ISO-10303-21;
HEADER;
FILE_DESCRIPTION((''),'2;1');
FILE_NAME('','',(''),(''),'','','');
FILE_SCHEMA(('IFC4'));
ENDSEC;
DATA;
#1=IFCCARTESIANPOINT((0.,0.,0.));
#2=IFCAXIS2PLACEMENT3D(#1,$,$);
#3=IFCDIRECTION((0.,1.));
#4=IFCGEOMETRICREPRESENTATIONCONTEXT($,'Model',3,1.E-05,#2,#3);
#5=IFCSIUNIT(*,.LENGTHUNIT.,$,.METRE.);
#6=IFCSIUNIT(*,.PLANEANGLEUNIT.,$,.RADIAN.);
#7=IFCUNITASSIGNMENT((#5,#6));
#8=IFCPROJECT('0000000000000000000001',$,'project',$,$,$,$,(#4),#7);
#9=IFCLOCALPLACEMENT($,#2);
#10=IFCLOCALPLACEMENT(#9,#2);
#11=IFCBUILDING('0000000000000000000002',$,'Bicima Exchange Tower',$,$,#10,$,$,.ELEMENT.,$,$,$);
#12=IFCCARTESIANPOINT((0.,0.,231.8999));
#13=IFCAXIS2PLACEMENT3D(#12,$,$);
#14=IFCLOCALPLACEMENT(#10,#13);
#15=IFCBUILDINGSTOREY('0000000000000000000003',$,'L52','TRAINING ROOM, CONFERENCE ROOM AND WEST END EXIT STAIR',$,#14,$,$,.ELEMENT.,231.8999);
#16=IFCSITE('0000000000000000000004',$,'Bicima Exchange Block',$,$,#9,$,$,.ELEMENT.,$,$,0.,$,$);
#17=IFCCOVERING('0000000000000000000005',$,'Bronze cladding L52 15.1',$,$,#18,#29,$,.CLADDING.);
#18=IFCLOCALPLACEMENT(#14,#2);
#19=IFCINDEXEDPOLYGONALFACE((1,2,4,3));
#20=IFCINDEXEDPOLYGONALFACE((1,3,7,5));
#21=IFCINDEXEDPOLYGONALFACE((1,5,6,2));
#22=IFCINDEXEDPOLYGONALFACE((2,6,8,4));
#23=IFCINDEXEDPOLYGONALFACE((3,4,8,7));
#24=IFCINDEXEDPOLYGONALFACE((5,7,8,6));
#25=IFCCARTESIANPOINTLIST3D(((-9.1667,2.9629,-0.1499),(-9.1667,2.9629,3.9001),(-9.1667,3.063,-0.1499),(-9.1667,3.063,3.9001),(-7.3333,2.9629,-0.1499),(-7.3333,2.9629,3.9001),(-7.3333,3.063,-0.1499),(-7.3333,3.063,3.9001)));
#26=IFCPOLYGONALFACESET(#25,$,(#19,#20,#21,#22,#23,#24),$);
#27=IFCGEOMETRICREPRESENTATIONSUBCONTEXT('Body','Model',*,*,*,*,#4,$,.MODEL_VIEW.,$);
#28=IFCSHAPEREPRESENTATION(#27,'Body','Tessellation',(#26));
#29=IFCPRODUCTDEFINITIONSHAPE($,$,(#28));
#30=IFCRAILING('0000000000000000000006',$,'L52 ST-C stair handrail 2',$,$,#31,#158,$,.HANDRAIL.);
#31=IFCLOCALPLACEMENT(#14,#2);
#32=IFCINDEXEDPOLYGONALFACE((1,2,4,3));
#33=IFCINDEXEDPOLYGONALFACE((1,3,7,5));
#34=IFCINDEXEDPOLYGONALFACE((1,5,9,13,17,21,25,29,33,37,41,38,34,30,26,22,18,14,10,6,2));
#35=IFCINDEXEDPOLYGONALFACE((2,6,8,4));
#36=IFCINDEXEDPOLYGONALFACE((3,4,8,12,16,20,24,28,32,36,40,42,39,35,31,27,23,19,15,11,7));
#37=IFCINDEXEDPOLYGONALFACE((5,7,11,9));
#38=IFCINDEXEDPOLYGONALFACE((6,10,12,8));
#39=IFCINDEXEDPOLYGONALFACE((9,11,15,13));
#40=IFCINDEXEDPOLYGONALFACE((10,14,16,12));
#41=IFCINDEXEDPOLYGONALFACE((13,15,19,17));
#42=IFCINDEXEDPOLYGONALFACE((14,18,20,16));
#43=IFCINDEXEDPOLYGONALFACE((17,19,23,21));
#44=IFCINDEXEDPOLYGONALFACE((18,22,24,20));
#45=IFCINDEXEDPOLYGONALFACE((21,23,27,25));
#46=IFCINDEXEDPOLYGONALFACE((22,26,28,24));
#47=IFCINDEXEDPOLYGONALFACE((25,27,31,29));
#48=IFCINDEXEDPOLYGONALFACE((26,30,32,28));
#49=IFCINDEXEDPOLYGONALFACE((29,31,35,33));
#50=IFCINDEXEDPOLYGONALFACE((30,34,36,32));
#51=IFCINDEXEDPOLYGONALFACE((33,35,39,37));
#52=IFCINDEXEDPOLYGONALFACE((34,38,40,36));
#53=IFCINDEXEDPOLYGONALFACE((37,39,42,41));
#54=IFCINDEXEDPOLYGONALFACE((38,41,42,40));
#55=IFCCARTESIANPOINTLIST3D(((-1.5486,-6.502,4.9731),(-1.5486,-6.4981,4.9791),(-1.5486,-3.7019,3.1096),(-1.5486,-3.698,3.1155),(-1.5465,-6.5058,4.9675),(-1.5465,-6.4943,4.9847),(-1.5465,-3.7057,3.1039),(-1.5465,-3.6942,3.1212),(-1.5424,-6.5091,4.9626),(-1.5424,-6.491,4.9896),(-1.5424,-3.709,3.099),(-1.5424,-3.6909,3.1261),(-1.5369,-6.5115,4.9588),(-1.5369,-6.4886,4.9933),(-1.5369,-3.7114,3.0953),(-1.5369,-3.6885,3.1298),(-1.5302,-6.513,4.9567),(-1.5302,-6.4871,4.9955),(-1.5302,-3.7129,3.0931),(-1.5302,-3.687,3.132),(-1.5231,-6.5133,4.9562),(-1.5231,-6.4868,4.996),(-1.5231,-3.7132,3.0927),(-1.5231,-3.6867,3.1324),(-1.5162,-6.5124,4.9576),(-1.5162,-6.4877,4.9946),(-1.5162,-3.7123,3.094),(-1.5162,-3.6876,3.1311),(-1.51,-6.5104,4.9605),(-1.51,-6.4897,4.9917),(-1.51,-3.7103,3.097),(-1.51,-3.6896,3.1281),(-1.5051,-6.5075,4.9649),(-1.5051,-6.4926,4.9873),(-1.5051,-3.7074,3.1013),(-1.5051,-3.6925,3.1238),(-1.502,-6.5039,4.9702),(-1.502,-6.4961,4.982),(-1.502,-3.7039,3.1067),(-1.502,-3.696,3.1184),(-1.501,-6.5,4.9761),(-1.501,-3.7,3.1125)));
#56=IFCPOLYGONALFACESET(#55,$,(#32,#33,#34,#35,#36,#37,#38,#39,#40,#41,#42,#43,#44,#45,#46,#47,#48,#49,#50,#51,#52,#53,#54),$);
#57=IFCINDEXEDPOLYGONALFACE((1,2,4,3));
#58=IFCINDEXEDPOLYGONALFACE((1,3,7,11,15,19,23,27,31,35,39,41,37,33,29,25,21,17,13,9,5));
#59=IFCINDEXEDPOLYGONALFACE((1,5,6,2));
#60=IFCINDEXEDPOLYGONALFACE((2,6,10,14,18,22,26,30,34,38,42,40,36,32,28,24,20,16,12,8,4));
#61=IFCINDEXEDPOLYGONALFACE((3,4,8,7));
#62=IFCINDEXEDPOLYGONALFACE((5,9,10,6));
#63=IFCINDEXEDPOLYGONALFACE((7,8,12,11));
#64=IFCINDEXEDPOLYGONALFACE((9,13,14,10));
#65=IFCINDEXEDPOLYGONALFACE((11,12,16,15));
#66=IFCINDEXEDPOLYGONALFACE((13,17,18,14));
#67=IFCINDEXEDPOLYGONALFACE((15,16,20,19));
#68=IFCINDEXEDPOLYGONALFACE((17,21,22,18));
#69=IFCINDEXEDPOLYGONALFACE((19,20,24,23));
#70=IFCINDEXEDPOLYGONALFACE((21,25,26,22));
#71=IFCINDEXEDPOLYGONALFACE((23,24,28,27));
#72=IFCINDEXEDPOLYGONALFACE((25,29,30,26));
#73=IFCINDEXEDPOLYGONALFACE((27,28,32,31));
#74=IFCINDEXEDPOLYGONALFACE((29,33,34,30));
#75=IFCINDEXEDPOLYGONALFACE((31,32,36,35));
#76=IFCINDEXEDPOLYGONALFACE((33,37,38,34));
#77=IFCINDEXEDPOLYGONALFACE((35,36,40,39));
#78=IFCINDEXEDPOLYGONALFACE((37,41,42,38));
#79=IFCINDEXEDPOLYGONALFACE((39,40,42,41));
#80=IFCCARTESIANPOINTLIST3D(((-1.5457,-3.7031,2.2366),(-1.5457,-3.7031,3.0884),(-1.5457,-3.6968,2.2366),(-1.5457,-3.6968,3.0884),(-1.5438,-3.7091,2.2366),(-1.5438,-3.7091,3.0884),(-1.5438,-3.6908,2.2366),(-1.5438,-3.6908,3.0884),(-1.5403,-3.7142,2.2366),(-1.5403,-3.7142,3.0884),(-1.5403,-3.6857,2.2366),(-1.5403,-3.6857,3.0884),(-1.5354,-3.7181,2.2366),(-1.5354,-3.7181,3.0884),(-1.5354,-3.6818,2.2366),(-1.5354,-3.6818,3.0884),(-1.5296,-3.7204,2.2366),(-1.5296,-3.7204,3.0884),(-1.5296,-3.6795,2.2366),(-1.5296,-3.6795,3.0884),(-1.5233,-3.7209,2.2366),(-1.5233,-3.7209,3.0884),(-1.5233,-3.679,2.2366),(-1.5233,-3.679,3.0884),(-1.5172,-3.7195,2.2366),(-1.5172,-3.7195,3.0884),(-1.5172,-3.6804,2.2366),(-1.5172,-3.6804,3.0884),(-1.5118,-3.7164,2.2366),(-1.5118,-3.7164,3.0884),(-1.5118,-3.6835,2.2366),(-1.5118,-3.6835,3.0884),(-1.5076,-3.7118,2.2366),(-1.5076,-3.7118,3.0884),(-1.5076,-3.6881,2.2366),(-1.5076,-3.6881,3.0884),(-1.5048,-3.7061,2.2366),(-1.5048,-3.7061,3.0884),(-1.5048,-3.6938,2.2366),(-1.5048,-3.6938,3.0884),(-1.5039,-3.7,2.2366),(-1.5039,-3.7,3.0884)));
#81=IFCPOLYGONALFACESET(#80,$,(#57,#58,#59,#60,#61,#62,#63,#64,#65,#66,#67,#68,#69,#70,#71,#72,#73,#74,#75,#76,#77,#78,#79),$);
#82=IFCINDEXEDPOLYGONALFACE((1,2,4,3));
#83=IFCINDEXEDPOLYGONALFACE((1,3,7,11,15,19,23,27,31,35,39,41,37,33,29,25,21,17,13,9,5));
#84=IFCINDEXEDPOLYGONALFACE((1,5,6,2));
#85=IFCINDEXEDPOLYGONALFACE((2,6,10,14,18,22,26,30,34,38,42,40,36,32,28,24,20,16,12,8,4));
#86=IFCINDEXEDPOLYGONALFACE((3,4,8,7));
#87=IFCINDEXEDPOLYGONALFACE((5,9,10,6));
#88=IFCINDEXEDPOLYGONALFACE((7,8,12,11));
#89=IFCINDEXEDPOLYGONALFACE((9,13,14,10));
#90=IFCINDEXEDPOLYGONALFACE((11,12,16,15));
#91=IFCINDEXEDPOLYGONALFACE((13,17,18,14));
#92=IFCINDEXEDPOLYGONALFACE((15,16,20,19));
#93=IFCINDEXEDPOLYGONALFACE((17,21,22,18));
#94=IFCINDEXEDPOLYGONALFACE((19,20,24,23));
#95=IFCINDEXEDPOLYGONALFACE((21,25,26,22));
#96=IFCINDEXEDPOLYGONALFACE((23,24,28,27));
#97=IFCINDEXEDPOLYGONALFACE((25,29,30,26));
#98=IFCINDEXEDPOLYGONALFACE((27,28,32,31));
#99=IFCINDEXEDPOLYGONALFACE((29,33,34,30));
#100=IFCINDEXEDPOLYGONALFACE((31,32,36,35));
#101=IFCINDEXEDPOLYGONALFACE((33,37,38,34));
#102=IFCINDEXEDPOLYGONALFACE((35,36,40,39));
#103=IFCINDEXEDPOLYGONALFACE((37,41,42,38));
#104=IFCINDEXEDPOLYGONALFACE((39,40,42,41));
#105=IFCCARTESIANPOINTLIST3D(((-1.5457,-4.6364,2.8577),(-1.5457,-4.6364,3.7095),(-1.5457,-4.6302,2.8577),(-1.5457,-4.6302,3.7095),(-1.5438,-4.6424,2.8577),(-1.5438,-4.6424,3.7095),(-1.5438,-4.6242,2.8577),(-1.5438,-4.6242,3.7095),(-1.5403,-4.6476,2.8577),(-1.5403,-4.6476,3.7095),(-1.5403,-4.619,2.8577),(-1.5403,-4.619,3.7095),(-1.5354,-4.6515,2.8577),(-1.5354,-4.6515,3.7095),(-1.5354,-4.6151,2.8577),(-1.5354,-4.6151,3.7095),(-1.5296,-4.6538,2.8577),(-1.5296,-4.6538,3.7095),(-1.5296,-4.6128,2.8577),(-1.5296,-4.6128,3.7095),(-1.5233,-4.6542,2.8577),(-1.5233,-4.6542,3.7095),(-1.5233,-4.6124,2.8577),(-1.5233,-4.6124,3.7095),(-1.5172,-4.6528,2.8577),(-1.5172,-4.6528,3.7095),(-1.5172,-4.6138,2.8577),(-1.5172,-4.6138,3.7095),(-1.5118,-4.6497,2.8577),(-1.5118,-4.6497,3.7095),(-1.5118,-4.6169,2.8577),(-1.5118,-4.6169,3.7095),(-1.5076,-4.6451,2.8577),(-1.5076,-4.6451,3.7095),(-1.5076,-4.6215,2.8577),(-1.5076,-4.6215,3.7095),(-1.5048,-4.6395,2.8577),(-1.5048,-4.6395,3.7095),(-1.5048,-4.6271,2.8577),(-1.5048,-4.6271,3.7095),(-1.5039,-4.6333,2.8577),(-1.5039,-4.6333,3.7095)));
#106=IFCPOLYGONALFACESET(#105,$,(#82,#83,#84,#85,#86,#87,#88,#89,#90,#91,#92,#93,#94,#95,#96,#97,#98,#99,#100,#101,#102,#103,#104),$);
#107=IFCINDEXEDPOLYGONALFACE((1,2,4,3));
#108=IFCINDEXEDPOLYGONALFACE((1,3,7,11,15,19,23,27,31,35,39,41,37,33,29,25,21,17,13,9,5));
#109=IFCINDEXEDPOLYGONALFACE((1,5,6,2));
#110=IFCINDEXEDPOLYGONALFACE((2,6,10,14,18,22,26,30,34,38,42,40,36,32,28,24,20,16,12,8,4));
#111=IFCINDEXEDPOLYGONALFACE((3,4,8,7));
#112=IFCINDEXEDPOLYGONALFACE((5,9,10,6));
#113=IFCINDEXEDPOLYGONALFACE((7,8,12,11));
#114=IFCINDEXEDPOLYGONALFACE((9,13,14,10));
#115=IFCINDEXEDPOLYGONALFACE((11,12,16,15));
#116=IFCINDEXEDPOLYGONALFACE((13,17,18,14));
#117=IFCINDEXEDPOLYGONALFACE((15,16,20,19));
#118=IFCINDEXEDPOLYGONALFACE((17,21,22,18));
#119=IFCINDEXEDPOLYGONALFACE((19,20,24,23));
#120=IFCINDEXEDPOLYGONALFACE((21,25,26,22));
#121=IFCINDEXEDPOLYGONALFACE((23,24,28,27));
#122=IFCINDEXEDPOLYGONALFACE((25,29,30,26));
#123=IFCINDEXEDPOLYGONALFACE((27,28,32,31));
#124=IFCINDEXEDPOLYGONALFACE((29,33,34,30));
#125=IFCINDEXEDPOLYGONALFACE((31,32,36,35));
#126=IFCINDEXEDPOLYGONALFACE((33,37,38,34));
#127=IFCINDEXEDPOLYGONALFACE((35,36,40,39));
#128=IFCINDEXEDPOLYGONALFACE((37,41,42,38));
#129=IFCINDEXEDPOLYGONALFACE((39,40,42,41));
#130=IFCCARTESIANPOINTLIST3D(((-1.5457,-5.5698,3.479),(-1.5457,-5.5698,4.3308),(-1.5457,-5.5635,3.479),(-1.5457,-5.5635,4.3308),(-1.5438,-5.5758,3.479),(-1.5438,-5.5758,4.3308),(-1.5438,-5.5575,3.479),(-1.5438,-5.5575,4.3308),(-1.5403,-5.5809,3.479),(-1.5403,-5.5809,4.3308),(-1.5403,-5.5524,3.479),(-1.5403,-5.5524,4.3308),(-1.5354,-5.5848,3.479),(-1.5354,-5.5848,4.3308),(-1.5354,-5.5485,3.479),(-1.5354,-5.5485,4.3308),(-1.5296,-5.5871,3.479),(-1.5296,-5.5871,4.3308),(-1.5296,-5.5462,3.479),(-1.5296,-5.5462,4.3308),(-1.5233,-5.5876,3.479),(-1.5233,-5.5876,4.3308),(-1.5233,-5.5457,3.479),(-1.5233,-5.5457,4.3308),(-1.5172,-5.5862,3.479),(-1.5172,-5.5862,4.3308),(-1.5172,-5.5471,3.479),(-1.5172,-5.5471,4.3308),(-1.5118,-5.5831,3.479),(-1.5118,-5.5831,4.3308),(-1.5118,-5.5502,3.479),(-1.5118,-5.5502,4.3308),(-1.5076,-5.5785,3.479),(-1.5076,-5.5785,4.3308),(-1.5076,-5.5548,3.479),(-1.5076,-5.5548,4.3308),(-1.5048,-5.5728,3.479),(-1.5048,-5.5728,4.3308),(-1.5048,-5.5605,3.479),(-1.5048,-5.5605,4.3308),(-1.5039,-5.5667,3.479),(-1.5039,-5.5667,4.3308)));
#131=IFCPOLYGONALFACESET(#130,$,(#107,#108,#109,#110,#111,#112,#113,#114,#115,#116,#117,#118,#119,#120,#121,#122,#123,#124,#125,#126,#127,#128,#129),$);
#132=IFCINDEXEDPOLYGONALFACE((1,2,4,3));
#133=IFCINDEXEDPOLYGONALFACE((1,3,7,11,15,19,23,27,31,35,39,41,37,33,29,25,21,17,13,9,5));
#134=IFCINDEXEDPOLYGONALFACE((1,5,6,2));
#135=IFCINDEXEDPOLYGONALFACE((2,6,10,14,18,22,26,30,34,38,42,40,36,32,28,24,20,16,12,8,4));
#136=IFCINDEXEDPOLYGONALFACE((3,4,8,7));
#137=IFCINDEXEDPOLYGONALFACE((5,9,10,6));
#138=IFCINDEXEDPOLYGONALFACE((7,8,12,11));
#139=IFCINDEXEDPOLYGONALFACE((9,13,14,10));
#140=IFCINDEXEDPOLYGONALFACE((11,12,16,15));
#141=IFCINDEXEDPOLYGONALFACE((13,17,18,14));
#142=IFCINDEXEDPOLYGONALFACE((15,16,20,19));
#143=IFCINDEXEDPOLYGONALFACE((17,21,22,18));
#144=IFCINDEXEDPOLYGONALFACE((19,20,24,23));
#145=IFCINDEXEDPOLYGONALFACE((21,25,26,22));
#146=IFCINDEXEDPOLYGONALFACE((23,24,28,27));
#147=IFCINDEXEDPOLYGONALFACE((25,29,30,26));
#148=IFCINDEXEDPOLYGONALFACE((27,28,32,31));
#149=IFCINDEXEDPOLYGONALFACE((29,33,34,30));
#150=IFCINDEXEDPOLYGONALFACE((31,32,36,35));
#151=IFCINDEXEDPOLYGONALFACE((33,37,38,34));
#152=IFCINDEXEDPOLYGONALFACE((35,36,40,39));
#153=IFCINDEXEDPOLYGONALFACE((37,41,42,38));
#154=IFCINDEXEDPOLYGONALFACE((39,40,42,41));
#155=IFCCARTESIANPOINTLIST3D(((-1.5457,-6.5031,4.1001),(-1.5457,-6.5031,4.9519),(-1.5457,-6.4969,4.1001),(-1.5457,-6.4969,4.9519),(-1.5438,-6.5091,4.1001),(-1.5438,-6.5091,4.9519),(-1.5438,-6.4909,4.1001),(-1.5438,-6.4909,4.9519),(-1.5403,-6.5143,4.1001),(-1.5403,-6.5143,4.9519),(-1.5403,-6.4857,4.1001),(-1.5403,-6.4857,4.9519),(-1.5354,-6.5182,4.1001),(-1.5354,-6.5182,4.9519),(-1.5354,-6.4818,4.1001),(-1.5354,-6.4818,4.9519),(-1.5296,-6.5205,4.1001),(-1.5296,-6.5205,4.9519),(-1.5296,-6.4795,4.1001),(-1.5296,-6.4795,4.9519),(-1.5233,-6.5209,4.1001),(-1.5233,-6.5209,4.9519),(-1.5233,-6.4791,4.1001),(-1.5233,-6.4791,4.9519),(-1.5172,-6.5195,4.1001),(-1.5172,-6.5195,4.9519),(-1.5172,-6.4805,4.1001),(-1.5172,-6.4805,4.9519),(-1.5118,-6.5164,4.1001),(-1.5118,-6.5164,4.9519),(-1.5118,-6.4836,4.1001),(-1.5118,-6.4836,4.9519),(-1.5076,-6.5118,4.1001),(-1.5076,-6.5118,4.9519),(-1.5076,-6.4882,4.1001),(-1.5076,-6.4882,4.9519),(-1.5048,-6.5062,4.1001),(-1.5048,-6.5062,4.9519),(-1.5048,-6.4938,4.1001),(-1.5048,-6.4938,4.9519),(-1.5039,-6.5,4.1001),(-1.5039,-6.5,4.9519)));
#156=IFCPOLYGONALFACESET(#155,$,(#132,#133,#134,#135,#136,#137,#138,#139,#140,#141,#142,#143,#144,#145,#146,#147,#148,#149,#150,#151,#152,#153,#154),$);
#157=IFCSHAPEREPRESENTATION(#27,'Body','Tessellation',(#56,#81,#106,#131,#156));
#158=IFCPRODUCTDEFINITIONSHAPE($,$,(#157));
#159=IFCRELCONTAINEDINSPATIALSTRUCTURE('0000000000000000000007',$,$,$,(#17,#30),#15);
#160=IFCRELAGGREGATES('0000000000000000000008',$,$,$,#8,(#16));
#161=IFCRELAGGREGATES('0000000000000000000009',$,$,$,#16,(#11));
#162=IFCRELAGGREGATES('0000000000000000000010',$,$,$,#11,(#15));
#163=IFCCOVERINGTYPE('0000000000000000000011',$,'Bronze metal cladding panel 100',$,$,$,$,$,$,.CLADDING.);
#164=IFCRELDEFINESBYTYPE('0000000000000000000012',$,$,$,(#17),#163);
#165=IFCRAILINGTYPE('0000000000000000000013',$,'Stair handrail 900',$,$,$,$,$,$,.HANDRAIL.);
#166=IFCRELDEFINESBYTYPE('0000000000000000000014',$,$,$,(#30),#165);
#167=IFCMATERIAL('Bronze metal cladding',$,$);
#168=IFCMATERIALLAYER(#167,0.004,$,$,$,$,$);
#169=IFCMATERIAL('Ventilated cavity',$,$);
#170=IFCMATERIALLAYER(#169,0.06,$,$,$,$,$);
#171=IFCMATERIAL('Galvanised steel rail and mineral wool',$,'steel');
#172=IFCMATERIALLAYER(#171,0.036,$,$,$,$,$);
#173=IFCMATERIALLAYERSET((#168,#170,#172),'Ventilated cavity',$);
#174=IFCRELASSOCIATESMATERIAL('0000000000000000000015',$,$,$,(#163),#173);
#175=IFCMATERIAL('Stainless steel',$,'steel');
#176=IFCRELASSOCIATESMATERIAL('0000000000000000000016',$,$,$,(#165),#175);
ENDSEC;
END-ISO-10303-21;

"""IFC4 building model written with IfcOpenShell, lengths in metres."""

from ifc_helpers import new_model, si_unit, direction, frame, origin, origin_2d, place, context, subcontext, project, spatial, rectangle, circle, extrude, material, layer, layer_set, type_object, element, save


model = new_model("IFC4")

# Units and contexts
model_context = context("Model", 3, precision=1e-05, world=origin(), true_north=direction((0.0, 1.0)))
body_context = subcontext(model_context, "Body", "Model", "MODEL_VIEW")
ifc_project = project(units=[si_unit("LENGTHUNIT", "METRE"), si_unit("PLANEANGLEUNIT", "RADIAN")], contexts=[model_context])

# Site, building, storey
site_placement = place(None, origin())
site = spatial("IfcSite", under=ifc_project, at=site_placement, Name="Bicima Exchange Block", CompositionType="ELEMENT", RefElevation=0.0)
building_placement = place(site_placement, origin())
building = spatial("IfcBuilding", under=site, at=building_placement, Name="Bicima Exchange Tower", CompositionType="ELEMENT")
storey_placement = place(building_placement, frame((0.0, 0.0, 231.8999)))
storey = spatial("IfcBuildingStorey", under=building, at=storey_placement, Name="L52", Description="TRAINING ROOM, CONFERENCE ROOM AND WEST END EXIT STAIR", CompositionType="ELEMENT", Elevation=231.8999)

# Covering
ifc_material_1 = material(Name="Bronze metal cladding")
ifc_layer_1 = layer(ifc_material_1, 0.004)
ifc_material_2 = material(Name="Ventilated cavity")
ifc_layer_2 = layer(ifc_material_2, 0.06)
ifc_material_3 = material(Name="Galvanised steel rail and mineral wool", Category="steel")
ifc_layer_3 = layer(ifc_material_3, 0.036)
ifc_layer_set_1 = layer_set([ifc_layer_1, ifc_layer_2, ifc_layer_3], Name="Ventilated cavity")
covering_type = type_object("IfcCoveringType", Name="Bronze metal cladding panel 100", PredefinedType="CLADDING", material=ifc_layer_set_1)
covering_1_placement = place(storey_placement, frame((-8.25, 3.0129, -0.1499), z_axis=(0.0, 0.0, 1.0), x_axis=(-1.0, 0.0, 0.0)))
element("IfcCovering", 1, at=covering_1_placement, inside=storey, type_object=covering_type, Name="Bronze cladding L52 15.1", PredefinedType="CLADDING", context=body_context, shape_type="SweptSolid", body=[
    extrude(rectangle(XDim=1.8335, YDim=0.1001, at=origin_2d()), origin(), (0.0, 0.0, 1.0), 4.05),
])

# Railing
ifc_material_4 = material(Name="Stainless steel", Category="steel")
railing_type = type_object("IfcRailingType", Name="Stair handrail 900", PredefinedType="HANDRAIL", material=ifc_material_4)
railing_placement = place(storey_placement, frame((-1.5249, -3.7, 2.2366)))
element("IfcRailing", 2, at=railing_placement, inside=storey, type_object=railing_type, Name="L52 ST-C stair handrail 2", PredefinedType="HANDRAIL", context=body_context, shape_type="SweptSolid", body=[
    extrude(circle(Radius=0.0239, at=origin_2d()), frame((0.0, 0.0, 0.876), z_axis=(0.0, -0.832486, 0.554047), x_axis=(1.0, 0.0, 0.0)), (0.0, 0.0, 1.0), 3.3635),
    extrude(circle(Radius=0.021, at=origin_2d()), origin(), (0.0, 0.0, 1.0), 0.8518),
    extrude(circle(Radius=0.021, at=origin_2d()), frame((0.0, -0.9333, 0.6211)), (0.0, 0.0, 1.0), 0.8518),
    extrude(circle(Radius=0.021, at=origin_2d()), frame((0.0, -1.8667, 1.2424)), (0.0, 0.0, 1.0), 0.8518),
    extrude(circle(Radius=0.021, at=origin_2d()), frame((0.0, -2.8, 1.8635)), (0.0, 0.0, 1.0), 0.8518),
])

save(model, "model.ifc")
